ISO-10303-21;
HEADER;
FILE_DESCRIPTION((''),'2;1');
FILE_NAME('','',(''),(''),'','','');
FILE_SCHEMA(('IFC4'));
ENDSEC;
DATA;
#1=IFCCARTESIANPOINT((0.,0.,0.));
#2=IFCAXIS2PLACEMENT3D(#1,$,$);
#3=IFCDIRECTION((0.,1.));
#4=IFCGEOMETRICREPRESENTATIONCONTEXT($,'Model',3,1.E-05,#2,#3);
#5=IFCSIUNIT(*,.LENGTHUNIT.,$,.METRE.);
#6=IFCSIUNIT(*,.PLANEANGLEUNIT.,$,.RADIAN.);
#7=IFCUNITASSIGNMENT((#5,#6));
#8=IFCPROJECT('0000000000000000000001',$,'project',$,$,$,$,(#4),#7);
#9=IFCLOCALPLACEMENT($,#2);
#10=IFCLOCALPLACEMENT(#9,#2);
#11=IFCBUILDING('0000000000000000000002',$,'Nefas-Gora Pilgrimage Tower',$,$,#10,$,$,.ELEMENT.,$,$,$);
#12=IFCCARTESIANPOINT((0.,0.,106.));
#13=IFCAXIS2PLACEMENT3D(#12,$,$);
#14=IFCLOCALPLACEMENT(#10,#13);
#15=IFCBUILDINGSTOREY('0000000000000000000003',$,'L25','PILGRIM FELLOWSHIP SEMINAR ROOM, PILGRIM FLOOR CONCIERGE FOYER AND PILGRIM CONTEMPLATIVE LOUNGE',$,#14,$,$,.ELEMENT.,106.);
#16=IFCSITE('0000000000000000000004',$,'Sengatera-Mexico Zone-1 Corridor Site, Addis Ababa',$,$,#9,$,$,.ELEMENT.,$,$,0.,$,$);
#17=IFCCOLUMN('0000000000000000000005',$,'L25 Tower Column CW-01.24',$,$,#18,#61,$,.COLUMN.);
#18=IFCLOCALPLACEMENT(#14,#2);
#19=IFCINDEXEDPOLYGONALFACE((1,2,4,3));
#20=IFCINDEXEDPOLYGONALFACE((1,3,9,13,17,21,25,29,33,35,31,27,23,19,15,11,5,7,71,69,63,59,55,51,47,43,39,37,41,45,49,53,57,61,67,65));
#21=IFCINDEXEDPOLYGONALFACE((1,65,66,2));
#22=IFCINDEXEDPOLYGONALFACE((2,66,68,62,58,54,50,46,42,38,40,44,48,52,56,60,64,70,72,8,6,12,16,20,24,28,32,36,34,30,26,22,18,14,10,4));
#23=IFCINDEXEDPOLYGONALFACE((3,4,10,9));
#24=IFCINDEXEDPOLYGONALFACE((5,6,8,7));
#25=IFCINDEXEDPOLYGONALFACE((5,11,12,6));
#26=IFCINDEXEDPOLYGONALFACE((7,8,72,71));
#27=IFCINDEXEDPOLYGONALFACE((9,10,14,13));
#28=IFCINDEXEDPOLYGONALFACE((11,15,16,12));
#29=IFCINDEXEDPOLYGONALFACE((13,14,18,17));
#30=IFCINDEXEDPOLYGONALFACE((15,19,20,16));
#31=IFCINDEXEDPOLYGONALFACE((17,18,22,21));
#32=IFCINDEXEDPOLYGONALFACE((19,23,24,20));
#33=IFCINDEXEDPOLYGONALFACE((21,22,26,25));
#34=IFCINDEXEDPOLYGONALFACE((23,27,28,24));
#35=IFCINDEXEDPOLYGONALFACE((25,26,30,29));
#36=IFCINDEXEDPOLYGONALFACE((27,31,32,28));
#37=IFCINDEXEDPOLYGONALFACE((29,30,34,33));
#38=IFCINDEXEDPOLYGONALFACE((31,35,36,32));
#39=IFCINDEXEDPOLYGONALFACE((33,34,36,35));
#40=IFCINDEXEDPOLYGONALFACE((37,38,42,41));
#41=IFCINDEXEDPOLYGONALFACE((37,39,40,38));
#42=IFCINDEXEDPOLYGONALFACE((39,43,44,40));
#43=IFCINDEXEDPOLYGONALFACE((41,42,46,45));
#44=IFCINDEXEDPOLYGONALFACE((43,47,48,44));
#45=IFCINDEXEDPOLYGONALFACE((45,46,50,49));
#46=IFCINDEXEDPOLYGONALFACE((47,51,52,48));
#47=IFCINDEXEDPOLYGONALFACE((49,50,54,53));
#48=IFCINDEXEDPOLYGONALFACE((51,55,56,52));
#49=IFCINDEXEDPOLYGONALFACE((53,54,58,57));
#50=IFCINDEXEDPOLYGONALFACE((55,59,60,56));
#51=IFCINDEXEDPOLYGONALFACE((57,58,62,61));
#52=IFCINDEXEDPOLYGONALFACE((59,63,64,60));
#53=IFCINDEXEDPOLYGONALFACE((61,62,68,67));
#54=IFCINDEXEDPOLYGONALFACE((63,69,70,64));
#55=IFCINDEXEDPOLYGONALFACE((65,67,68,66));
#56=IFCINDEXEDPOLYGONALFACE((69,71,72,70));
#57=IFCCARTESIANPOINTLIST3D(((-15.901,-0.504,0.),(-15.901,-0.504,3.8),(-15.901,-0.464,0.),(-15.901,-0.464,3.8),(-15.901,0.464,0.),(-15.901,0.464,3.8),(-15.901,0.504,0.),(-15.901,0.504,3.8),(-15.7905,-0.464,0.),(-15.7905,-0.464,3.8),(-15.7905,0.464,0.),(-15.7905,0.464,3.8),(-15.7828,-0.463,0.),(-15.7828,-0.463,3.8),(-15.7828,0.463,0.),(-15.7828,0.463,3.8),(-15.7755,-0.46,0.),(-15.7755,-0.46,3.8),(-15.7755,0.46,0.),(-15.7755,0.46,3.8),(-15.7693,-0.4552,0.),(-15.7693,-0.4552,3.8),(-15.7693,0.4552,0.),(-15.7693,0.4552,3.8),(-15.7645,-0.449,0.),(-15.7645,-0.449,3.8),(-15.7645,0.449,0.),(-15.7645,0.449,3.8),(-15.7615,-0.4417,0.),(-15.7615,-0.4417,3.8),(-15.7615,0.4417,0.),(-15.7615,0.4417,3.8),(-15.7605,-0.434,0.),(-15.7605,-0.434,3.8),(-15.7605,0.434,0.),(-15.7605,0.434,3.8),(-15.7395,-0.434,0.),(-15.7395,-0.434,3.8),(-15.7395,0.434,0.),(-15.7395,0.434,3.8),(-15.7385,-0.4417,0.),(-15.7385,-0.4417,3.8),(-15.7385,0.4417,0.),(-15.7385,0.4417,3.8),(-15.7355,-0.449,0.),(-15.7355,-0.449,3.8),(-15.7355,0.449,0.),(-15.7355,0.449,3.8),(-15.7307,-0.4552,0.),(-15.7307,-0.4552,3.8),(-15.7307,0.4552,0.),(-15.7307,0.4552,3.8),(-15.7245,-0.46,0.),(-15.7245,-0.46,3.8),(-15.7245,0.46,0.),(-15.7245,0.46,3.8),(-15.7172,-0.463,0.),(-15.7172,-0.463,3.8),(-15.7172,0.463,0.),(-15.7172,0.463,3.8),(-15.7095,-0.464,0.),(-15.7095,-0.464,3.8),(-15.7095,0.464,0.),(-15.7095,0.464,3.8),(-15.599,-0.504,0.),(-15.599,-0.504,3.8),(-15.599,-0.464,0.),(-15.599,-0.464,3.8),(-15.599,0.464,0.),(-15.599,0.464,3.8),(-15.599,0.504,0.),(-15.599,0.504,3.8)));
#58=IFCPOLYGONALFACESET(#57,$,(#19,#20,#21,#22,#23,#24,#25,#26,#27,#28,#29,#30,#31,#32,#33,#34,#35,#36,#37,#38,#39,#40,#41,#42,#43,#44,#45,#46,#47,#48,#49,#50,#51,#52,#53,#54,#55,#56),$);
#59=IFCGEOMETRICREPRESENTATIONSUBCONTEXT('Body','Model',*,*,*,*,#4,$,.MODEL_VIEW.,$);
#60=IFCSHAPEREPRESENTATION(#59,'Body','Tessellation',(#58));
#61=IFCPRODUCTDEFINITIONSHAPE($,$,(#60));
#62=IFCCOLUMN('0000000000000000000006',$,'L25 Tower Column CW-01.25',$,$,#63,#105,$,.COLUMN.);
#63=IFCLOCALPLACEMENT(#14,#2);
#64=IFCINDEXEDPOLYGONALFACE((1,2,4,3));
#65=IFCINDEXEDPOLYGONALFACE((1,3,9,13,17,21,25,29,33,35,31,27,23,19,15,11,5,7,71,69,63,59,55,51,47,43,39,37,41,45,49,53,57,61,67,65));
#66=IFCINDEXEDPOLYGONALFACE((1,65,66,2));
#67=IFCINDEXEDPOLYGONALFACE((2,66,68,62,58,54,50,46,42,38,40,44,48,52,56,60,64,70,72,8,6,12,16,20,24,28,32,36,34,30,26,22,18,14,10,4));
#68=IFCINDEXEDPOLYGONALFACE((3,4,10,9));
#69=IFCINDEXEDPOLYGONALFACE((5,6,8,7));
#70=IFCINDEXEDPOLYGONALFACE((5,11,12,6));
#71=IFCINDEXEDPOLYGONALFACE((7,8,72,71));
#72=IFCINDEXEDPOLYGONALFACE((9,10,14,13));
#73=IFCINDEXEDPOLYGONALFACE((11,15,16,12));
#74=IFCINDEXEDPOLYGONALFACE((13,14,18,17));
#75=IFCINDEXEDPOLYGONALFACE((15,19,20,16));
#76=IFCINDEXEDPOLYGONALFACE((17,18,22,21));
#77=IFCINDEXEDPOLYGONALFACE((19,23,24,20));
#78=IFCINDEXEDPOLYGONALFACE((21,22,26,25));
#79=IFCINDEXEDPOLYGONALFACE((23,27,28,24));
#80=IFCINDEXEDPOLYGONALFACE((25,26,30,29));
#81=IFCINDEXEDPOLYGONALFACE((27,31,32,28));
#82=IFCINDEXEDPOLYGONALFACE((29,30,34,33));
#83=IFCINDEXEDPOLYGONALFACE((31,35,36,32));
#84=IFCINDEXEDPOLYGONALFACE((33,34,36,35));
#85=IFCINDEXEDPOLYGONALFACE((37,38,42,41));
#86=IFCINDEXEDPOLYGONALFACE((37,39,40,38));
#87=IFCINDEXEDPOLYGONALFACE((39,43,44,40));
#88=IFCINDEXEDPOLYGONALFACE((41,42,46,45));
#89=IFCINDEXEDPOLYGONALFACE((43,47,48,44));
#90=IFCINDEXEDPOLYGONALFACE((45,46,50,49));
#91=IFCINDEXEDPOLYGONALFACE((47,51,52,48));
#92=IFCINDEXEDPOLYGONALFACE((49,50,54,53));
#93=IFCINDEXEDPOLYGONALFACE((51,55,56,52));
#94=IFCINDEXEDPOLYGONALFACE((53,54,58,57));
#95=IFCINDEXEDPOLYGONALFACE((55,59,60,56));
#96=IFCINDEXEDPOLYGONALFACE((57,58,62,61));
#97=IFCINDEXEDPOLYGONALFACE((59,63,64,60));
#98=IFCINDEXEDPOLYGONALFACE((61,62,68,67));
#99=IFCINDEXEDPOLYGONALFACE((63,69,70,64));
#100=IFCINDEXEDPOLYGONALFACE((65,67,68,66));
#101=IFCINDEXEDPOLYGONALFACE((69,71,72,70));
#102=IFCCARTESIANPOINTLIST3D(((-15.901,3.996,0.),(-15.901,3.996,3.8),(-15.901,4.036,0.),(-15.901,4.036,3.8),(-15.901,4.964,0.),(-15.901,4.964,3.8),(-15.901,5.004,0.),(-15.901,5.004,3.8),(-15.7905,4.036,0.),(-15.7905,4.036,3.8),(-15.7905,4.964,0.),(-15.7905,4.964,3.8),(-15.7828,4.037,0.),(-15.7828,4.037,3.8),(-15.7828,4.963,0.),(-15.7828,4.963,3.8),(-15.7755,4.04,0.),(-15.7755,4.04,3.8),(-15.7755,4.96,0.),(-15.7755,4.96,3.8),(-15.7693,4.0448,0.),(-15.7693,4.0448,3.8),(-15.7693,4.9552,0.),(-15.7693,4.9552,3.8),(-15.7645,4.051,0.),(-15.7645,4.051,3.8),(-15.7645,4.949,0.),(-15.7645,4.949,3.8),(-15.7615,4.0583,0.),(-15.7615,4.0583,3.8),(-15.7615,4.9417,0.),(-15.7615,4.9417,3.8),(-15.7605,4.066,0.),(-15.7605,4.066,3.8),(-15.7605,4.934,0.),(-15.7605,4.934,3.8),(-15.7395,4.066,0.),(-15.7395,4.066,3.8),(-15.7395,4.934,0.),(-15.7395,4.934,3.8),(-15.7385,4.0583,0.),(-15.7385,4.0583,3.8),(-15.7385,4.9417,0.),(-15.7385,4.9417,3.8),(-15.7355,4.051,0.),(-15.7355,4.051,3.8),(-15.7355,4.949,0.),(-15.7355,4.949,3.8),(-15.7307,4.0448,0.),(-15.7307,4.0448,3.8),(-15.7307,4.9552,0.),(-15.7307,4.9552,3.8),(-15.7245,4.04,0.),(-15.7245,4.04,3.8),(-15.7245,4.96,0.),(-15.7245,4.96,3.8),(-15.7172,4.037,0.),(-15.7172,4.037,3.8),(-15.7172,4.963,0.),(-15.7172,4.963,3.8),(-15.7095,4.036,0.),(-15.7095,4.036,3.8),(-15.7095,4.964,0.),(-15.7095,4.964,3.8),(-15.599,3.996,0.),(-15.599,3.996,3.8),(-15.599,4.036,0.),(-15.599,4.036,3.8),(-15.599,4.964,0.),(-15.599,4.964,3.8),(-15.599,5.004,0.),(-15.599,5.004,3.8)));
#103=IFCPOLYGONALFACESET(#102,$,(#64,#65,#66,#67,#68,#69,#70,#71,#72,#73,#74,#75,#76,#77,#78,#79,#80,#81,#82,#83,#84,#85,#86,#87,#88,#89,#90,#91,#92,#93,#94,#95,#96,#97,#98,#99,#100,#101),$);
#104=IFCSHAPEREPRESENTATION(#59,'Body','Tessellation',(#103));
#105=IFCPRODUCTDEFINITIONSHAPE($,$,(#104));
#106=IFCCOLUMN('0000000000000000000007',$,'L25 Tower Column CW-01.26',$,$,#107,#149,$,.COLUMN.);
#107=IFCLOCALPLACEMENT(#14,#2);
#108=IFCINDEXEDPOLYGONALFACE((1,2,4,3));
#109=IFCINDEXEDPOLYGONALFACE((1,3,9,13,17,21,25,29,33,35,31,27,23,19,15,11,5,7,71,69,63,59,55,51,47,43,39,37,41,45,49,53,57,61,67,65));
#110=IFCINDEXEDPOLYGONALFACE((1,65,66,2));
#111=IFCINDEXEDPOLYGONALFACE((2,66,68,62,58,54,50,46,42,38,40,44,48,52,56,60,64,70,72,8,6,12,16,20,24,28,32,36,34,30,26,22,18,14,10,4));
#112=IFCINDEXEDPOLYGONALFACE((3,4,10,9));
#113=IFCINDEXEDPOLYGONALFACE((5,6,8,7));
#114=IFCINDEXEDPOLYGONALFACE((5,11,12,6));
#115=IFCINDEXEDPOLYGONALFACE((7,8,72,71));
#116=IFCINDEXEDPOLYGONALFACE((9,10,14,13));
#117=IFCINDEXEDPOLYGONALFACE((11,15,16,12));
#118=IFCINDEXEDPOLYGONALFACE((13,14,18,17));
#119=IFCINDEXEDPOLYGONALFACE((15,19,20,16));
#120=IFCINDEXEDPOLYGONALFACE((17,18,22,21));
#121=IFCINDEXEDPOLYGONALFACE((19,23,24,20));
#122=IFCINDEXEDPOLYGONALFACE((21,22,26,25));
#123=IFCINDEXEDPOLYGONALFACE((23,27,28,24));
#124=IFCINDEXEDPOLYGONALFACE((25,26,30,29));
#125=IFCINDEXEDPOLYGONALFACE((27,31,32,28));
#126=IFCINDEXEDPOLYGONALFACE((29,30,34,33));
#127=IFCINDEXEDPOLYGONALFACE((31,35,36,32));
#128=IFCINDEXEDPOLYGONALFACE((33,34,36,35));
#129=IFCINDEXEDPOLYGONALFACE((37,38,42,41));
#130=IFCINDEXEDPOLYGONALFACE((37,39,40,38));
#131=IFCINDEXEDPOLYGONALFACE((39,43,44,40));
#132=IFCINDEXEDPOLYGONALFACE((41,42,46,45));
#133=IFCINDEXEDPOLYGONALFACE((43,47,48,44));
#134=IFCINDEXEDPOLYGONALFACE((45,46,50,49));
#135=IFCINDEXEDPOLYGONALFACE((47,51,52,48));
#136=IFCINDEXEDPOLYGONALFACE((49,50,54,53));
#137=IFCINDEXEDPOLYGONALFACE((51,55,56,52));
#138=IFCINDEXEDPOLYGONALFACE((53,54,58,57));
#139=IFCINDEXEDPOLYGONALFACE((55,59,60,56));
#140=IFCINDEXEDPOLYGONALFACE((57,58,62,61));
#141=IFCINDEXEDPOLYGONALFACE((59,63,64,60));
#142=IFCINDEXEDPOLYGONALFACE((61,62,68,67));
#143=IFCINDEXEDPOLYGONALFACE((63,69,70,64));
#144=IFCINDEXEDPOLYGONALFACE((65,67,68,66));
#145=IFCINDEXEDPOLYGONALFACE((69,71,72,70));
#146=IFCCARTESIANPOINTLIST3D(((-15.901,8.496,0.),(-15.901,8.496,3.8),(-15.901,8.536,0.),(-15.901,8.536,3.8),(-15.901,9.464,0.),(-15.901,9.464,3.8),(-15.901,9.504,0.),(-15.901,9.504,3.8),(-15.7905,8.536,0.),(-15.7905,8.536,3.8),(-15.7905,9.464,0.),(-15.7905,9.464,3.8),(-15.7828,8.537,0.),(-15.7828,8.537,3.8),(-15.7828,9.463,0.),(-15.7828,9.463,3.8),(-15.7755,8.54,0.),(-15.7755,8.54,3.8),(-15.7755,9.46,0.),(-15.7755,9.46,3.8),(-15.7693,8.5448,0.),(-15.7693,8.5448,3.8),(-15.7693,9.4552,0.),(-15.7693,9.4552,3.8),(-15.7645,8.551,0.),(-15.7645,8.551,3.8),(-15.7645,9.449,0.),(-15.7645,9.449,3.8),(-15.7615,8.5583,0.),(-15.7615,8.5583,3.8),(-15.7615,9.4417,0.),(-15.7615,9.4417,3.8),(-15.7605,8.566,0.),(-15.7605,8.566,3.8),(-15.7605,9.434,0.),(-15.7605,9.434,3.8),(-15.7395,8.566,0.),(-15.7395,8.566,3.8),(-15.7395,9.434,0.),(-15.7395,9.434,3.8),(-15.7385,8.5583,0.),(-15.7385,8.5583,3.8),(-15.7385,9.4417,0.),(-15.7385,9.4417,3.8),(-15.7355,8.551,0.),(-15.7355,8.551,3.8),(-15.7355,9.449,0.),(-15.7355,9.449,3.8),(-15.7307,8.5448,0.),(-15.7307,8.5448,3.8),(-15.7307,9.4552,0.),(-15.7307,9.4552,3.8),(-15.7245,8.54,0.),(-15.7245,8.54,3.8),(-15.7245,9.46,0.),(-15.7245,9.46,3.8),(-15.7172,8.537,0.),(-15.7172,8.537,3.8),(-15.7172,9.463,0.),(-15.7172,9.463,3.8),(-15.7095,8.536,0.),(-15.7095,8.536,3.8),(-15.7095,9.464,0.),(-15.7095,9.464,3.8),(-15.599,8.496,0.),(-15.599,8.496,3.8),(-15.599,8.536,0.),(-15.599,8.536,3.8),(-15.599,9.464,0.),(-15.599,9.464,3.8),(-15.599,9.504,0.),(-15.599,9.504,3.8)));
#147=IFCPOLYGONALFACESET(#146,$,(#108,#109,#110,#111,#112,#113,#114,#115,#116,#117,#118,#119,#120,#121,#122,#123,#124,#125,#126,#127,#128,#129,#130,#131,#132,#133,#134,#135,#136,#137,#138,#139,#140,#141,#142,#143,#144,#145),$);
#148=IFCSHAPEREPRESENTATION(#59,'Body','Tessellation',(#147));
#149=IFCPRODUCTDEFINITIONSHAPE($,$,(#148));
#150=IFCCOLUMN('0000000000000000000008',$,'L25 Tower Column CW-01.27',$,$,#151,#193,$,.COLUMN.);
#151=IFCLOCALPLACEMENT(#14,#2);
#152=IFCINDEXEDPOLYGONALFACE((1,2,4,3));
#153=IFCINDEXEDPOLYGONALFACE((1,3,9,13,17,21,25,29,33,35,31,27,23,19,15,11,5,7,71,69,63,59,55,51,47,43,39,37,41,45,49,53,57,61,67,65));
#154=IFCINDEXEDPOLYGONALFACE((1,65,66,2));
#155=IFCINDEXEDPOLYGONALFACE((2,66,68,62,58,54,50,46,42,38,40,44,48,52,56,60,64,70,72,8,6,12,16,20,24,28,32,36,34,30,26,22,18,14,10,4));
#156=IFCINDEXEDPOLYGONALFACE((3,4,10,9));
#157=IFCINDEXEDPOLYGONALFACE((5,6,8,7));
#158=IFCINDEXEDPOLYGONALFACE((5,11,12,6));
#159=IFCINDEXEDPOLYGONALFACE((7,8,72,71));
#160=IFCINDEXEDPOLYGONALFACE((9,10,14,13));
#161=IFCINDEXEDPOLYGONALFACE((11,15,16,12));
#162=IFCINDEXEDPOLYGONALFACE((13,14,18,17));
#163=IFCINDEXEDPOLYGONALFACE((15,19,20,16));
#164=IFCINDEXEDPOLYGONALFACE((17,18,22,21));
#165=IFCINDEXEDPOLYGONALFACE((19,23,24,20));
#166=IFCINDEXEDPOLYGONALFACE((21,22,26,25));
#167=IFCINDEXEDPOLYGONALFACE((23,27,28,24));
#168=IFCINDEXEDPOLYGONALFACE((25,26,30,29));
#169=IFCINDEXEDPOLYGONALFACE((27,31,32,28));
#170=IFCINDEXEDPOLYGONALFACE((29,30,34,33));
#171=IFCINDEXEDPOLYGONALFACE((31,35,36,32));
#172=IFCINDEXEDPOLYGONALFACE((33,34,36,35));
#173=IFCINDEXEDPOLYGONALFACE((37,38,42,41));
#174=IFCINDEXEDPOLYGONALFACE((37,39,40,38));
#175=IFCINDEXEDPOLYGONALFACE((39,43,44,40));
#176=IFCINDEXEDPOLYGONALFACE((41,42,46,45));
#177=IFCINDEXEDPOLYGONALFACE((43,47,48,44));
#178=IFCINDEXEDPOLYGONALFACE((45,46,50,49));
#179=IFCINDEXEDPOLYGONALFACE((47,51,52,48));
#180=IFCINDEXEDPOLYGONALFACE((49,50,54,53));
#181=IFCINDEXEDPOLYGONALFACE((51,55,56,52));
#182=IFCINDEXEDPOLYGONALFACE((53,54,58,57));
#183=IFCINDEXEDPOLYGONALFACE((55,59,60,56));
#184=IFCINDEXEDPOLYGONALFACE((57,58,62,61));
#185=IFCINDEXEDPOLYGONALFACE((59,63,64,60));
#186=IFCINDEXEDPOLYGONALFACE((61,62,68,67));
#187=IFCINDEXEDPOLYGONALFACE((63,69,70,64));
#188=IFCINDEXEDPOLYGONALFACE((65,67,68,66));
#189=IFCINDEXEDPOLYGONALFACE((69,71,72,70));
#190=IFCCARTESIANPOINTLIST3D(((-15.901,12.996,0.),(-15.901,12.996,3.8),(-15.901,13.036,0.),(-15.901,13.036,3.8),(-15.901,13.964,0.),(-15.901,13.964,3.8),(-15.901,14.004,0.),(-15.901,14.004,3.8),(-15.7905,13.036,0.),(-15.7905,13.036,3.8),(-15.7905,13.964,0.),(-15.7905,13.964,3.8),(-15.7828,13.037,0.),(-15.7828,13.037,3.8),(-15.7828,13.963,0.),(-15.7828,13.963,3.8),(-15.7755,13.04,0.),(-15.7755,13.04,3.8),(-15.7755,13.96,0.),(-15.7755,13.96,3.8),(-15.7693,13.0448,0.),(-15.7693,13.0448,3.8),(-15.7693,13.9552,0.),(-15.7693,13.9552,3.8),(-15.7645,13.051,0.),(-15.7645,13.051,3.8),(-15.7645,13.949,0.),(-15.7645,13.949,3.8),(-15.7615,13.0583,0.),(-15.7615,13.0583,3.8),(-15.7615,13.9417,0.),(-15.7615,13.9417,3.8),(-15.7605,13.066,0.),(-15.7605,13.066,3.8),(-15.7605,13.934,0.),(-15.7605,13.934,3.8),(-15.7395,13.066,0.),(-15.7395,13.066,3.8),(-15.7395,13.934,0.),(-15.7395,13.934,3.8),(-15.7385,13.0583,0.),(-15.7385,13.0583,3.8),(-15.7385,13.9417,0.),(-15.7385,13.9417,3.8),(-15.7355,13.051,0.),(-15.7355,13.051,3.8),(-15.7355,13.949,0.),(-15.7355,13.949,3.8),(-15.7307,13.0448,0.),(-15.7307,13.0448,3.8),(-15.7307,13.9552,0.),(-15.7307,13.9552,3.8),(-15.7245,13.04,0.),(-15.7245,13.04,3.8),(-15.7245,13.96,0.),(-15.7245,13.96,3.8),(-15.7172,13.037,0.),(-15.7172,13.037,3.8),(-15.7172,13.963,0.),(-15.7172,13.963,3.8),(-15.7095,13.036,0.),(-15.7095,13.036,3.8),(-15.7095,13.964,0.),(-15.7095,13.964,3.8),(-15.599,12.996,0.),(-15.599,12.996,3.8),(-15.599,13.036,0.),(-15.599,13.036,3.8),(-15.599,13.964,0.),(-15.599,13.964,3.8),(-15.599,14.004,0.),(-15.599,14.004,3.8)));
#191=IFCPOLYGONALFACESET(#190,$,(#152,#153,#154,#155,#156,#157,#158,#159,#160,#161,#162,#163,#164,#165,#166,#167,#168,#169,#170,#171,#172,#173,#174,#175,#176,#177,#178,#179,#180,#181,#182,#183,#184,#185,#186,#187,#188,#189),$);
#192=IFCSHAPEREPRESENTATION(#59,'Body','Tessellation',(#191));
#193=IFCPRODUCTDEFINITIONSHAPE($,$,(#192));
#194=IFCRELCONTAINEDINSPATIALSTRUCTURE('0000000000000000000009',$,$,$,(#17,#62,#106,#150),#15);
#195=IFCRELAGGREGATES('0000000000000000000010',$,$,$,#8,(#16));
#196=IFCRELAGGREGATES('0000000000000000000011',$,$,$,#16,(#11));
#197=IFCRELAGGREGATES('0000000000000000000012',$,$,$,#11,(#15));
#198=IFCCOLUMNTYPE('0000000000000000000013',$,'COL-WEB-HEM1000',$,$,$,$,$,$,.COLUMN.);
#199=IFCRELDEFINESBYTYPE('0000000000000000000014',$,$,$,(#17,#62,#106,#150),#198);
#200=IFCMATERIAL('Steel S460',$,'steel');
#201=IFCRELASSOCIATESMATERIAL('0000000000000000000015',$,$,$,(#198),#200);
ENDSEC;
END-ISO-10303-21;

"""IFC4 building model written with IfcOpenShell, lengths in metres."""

from ifc_helpers import new_model, si_unit, direction, frame, origin, origin_2d, place, context, subcontext, project, spatial, i_section, extrude, source, transform, mapped, material, material_profile, profile_set, type_object, element, save


model = new_model("IFC4")

# Units and contexts
model_context = context("Model", 3, precision=1e-05, world=origin(), true_north=direction((0.0, 1.0)))
body_context = subcontext(model_context, "Body", "Model", "MODEL_VIEW")
ifc_project = project(units=[si_unit("LENGTHUNIT", "METRE"), si_unit("PLANEANGLEUNIT", "RADIAN")], contexts=[model_context])

# Site, building, storey
site_placement = place(None, origin())
site = spatial("IfcSite", under=ifc_project, at=site_placement, Name="Sengatera-Mexico Zone-1 Corridor Site, Addis Ababa", CompositionType="ELEMENT", RefElevation=0.0)
building_placement = place(site_placement, origin())
building = spatial("IfcBuilding", under=site, at=building_placement, Name="Nefas-Gora Pilgrimage Tower", CompositionType="ELEMENT")
storey_placement = place(building_placement, frame((0.0, 0.0, 106.0)))
storey = spatial("IfcBuildingStorey", under=building, at=storey_placement, Name="L25", Description="PILGRIM FELLOWSHIP SEMINAR ROOM, PILGRIM FLOOR CONCIERGE FOYER AND PILGRIM CONTEMPLATIVE LOUNGE", CompositionType="ELEMENT", Elevation=106.0)

# Columns
ifc_material_1 = material(Name="Steel S460", Category="steel")
ifc_material_profile_1 = material_profile(ifc_material_1, i_section(OverallWidth=0.302, OverallDepth=1.0081, WebThickness=0.021, FlangeThickness=0.04, FilletRadius=0.03, at=origin_2d()), Name="HEM 1000")
ifc_profile_set_1 = profile_set([ifc_material_profile_1], Name="Steel S460")
column_type_1 = type_object("IfcColumnType", Name="COL-WEB-HEM1000", PredefinedType="COLUMN", material=ifc_profile_set_1)
shared_shape_1 = source(origin(), body_context, "Body", "SweptSolid", [
    extrude(i_section(OverallWidth=0.302, OverallDepth=1.0081, WebThickness=0.021, FlangeThickness=0.04, FilletRadius=0.03, at=origin_2d()), origin(), (0.0, 0.0, 1.0), 3.8),
])
for number, where, z_axis, x_axis, name in (
    (1, (-15.75, 0.0, 0.0), (0.0, 0.0, 1.0), (1.0, 0.0, 0.0), "L25 Tower Column CW-01.24"),
    (2, (-15.75, 4.5, 0.0), (0.0, 0.0, 1.0), (1.0, 0.0, 0.0), "L25 Tower Column CW-01.25"),
    (3, (-15.75, 9.0, 0.0), (0.0, 0.0, 1.0), (1.0, 0.0, 0.0), "L25 Tower Column CW-01.26"),
    (4, (-15.75, 13.5, 0.0), (0.0, 0.0, 1.0), (1.0, 0.0, 0.0), "L25 Tower Column CW-01.27"),
):
    element("IfcColumn", number, at=place(storey_placement, frame(where, z_axis=z_axis, x_axis=x_axis)), inside=storey, type_object=column_type_1, Name=name, PredefinedType="COLUMN", context=body_context, shape_type="MappedRepresentation", body=[
        mapped(shared_shape_1, transform((0.0, 0.0, 0.0), x_axis=(1.0, 0.0, 0.0), y_axis=(0.0, 1.0, 0.0), z_axis=(0.0, 0.0, 1.0), scale=1.0)),
    ])

save(model, "model.ifc")
